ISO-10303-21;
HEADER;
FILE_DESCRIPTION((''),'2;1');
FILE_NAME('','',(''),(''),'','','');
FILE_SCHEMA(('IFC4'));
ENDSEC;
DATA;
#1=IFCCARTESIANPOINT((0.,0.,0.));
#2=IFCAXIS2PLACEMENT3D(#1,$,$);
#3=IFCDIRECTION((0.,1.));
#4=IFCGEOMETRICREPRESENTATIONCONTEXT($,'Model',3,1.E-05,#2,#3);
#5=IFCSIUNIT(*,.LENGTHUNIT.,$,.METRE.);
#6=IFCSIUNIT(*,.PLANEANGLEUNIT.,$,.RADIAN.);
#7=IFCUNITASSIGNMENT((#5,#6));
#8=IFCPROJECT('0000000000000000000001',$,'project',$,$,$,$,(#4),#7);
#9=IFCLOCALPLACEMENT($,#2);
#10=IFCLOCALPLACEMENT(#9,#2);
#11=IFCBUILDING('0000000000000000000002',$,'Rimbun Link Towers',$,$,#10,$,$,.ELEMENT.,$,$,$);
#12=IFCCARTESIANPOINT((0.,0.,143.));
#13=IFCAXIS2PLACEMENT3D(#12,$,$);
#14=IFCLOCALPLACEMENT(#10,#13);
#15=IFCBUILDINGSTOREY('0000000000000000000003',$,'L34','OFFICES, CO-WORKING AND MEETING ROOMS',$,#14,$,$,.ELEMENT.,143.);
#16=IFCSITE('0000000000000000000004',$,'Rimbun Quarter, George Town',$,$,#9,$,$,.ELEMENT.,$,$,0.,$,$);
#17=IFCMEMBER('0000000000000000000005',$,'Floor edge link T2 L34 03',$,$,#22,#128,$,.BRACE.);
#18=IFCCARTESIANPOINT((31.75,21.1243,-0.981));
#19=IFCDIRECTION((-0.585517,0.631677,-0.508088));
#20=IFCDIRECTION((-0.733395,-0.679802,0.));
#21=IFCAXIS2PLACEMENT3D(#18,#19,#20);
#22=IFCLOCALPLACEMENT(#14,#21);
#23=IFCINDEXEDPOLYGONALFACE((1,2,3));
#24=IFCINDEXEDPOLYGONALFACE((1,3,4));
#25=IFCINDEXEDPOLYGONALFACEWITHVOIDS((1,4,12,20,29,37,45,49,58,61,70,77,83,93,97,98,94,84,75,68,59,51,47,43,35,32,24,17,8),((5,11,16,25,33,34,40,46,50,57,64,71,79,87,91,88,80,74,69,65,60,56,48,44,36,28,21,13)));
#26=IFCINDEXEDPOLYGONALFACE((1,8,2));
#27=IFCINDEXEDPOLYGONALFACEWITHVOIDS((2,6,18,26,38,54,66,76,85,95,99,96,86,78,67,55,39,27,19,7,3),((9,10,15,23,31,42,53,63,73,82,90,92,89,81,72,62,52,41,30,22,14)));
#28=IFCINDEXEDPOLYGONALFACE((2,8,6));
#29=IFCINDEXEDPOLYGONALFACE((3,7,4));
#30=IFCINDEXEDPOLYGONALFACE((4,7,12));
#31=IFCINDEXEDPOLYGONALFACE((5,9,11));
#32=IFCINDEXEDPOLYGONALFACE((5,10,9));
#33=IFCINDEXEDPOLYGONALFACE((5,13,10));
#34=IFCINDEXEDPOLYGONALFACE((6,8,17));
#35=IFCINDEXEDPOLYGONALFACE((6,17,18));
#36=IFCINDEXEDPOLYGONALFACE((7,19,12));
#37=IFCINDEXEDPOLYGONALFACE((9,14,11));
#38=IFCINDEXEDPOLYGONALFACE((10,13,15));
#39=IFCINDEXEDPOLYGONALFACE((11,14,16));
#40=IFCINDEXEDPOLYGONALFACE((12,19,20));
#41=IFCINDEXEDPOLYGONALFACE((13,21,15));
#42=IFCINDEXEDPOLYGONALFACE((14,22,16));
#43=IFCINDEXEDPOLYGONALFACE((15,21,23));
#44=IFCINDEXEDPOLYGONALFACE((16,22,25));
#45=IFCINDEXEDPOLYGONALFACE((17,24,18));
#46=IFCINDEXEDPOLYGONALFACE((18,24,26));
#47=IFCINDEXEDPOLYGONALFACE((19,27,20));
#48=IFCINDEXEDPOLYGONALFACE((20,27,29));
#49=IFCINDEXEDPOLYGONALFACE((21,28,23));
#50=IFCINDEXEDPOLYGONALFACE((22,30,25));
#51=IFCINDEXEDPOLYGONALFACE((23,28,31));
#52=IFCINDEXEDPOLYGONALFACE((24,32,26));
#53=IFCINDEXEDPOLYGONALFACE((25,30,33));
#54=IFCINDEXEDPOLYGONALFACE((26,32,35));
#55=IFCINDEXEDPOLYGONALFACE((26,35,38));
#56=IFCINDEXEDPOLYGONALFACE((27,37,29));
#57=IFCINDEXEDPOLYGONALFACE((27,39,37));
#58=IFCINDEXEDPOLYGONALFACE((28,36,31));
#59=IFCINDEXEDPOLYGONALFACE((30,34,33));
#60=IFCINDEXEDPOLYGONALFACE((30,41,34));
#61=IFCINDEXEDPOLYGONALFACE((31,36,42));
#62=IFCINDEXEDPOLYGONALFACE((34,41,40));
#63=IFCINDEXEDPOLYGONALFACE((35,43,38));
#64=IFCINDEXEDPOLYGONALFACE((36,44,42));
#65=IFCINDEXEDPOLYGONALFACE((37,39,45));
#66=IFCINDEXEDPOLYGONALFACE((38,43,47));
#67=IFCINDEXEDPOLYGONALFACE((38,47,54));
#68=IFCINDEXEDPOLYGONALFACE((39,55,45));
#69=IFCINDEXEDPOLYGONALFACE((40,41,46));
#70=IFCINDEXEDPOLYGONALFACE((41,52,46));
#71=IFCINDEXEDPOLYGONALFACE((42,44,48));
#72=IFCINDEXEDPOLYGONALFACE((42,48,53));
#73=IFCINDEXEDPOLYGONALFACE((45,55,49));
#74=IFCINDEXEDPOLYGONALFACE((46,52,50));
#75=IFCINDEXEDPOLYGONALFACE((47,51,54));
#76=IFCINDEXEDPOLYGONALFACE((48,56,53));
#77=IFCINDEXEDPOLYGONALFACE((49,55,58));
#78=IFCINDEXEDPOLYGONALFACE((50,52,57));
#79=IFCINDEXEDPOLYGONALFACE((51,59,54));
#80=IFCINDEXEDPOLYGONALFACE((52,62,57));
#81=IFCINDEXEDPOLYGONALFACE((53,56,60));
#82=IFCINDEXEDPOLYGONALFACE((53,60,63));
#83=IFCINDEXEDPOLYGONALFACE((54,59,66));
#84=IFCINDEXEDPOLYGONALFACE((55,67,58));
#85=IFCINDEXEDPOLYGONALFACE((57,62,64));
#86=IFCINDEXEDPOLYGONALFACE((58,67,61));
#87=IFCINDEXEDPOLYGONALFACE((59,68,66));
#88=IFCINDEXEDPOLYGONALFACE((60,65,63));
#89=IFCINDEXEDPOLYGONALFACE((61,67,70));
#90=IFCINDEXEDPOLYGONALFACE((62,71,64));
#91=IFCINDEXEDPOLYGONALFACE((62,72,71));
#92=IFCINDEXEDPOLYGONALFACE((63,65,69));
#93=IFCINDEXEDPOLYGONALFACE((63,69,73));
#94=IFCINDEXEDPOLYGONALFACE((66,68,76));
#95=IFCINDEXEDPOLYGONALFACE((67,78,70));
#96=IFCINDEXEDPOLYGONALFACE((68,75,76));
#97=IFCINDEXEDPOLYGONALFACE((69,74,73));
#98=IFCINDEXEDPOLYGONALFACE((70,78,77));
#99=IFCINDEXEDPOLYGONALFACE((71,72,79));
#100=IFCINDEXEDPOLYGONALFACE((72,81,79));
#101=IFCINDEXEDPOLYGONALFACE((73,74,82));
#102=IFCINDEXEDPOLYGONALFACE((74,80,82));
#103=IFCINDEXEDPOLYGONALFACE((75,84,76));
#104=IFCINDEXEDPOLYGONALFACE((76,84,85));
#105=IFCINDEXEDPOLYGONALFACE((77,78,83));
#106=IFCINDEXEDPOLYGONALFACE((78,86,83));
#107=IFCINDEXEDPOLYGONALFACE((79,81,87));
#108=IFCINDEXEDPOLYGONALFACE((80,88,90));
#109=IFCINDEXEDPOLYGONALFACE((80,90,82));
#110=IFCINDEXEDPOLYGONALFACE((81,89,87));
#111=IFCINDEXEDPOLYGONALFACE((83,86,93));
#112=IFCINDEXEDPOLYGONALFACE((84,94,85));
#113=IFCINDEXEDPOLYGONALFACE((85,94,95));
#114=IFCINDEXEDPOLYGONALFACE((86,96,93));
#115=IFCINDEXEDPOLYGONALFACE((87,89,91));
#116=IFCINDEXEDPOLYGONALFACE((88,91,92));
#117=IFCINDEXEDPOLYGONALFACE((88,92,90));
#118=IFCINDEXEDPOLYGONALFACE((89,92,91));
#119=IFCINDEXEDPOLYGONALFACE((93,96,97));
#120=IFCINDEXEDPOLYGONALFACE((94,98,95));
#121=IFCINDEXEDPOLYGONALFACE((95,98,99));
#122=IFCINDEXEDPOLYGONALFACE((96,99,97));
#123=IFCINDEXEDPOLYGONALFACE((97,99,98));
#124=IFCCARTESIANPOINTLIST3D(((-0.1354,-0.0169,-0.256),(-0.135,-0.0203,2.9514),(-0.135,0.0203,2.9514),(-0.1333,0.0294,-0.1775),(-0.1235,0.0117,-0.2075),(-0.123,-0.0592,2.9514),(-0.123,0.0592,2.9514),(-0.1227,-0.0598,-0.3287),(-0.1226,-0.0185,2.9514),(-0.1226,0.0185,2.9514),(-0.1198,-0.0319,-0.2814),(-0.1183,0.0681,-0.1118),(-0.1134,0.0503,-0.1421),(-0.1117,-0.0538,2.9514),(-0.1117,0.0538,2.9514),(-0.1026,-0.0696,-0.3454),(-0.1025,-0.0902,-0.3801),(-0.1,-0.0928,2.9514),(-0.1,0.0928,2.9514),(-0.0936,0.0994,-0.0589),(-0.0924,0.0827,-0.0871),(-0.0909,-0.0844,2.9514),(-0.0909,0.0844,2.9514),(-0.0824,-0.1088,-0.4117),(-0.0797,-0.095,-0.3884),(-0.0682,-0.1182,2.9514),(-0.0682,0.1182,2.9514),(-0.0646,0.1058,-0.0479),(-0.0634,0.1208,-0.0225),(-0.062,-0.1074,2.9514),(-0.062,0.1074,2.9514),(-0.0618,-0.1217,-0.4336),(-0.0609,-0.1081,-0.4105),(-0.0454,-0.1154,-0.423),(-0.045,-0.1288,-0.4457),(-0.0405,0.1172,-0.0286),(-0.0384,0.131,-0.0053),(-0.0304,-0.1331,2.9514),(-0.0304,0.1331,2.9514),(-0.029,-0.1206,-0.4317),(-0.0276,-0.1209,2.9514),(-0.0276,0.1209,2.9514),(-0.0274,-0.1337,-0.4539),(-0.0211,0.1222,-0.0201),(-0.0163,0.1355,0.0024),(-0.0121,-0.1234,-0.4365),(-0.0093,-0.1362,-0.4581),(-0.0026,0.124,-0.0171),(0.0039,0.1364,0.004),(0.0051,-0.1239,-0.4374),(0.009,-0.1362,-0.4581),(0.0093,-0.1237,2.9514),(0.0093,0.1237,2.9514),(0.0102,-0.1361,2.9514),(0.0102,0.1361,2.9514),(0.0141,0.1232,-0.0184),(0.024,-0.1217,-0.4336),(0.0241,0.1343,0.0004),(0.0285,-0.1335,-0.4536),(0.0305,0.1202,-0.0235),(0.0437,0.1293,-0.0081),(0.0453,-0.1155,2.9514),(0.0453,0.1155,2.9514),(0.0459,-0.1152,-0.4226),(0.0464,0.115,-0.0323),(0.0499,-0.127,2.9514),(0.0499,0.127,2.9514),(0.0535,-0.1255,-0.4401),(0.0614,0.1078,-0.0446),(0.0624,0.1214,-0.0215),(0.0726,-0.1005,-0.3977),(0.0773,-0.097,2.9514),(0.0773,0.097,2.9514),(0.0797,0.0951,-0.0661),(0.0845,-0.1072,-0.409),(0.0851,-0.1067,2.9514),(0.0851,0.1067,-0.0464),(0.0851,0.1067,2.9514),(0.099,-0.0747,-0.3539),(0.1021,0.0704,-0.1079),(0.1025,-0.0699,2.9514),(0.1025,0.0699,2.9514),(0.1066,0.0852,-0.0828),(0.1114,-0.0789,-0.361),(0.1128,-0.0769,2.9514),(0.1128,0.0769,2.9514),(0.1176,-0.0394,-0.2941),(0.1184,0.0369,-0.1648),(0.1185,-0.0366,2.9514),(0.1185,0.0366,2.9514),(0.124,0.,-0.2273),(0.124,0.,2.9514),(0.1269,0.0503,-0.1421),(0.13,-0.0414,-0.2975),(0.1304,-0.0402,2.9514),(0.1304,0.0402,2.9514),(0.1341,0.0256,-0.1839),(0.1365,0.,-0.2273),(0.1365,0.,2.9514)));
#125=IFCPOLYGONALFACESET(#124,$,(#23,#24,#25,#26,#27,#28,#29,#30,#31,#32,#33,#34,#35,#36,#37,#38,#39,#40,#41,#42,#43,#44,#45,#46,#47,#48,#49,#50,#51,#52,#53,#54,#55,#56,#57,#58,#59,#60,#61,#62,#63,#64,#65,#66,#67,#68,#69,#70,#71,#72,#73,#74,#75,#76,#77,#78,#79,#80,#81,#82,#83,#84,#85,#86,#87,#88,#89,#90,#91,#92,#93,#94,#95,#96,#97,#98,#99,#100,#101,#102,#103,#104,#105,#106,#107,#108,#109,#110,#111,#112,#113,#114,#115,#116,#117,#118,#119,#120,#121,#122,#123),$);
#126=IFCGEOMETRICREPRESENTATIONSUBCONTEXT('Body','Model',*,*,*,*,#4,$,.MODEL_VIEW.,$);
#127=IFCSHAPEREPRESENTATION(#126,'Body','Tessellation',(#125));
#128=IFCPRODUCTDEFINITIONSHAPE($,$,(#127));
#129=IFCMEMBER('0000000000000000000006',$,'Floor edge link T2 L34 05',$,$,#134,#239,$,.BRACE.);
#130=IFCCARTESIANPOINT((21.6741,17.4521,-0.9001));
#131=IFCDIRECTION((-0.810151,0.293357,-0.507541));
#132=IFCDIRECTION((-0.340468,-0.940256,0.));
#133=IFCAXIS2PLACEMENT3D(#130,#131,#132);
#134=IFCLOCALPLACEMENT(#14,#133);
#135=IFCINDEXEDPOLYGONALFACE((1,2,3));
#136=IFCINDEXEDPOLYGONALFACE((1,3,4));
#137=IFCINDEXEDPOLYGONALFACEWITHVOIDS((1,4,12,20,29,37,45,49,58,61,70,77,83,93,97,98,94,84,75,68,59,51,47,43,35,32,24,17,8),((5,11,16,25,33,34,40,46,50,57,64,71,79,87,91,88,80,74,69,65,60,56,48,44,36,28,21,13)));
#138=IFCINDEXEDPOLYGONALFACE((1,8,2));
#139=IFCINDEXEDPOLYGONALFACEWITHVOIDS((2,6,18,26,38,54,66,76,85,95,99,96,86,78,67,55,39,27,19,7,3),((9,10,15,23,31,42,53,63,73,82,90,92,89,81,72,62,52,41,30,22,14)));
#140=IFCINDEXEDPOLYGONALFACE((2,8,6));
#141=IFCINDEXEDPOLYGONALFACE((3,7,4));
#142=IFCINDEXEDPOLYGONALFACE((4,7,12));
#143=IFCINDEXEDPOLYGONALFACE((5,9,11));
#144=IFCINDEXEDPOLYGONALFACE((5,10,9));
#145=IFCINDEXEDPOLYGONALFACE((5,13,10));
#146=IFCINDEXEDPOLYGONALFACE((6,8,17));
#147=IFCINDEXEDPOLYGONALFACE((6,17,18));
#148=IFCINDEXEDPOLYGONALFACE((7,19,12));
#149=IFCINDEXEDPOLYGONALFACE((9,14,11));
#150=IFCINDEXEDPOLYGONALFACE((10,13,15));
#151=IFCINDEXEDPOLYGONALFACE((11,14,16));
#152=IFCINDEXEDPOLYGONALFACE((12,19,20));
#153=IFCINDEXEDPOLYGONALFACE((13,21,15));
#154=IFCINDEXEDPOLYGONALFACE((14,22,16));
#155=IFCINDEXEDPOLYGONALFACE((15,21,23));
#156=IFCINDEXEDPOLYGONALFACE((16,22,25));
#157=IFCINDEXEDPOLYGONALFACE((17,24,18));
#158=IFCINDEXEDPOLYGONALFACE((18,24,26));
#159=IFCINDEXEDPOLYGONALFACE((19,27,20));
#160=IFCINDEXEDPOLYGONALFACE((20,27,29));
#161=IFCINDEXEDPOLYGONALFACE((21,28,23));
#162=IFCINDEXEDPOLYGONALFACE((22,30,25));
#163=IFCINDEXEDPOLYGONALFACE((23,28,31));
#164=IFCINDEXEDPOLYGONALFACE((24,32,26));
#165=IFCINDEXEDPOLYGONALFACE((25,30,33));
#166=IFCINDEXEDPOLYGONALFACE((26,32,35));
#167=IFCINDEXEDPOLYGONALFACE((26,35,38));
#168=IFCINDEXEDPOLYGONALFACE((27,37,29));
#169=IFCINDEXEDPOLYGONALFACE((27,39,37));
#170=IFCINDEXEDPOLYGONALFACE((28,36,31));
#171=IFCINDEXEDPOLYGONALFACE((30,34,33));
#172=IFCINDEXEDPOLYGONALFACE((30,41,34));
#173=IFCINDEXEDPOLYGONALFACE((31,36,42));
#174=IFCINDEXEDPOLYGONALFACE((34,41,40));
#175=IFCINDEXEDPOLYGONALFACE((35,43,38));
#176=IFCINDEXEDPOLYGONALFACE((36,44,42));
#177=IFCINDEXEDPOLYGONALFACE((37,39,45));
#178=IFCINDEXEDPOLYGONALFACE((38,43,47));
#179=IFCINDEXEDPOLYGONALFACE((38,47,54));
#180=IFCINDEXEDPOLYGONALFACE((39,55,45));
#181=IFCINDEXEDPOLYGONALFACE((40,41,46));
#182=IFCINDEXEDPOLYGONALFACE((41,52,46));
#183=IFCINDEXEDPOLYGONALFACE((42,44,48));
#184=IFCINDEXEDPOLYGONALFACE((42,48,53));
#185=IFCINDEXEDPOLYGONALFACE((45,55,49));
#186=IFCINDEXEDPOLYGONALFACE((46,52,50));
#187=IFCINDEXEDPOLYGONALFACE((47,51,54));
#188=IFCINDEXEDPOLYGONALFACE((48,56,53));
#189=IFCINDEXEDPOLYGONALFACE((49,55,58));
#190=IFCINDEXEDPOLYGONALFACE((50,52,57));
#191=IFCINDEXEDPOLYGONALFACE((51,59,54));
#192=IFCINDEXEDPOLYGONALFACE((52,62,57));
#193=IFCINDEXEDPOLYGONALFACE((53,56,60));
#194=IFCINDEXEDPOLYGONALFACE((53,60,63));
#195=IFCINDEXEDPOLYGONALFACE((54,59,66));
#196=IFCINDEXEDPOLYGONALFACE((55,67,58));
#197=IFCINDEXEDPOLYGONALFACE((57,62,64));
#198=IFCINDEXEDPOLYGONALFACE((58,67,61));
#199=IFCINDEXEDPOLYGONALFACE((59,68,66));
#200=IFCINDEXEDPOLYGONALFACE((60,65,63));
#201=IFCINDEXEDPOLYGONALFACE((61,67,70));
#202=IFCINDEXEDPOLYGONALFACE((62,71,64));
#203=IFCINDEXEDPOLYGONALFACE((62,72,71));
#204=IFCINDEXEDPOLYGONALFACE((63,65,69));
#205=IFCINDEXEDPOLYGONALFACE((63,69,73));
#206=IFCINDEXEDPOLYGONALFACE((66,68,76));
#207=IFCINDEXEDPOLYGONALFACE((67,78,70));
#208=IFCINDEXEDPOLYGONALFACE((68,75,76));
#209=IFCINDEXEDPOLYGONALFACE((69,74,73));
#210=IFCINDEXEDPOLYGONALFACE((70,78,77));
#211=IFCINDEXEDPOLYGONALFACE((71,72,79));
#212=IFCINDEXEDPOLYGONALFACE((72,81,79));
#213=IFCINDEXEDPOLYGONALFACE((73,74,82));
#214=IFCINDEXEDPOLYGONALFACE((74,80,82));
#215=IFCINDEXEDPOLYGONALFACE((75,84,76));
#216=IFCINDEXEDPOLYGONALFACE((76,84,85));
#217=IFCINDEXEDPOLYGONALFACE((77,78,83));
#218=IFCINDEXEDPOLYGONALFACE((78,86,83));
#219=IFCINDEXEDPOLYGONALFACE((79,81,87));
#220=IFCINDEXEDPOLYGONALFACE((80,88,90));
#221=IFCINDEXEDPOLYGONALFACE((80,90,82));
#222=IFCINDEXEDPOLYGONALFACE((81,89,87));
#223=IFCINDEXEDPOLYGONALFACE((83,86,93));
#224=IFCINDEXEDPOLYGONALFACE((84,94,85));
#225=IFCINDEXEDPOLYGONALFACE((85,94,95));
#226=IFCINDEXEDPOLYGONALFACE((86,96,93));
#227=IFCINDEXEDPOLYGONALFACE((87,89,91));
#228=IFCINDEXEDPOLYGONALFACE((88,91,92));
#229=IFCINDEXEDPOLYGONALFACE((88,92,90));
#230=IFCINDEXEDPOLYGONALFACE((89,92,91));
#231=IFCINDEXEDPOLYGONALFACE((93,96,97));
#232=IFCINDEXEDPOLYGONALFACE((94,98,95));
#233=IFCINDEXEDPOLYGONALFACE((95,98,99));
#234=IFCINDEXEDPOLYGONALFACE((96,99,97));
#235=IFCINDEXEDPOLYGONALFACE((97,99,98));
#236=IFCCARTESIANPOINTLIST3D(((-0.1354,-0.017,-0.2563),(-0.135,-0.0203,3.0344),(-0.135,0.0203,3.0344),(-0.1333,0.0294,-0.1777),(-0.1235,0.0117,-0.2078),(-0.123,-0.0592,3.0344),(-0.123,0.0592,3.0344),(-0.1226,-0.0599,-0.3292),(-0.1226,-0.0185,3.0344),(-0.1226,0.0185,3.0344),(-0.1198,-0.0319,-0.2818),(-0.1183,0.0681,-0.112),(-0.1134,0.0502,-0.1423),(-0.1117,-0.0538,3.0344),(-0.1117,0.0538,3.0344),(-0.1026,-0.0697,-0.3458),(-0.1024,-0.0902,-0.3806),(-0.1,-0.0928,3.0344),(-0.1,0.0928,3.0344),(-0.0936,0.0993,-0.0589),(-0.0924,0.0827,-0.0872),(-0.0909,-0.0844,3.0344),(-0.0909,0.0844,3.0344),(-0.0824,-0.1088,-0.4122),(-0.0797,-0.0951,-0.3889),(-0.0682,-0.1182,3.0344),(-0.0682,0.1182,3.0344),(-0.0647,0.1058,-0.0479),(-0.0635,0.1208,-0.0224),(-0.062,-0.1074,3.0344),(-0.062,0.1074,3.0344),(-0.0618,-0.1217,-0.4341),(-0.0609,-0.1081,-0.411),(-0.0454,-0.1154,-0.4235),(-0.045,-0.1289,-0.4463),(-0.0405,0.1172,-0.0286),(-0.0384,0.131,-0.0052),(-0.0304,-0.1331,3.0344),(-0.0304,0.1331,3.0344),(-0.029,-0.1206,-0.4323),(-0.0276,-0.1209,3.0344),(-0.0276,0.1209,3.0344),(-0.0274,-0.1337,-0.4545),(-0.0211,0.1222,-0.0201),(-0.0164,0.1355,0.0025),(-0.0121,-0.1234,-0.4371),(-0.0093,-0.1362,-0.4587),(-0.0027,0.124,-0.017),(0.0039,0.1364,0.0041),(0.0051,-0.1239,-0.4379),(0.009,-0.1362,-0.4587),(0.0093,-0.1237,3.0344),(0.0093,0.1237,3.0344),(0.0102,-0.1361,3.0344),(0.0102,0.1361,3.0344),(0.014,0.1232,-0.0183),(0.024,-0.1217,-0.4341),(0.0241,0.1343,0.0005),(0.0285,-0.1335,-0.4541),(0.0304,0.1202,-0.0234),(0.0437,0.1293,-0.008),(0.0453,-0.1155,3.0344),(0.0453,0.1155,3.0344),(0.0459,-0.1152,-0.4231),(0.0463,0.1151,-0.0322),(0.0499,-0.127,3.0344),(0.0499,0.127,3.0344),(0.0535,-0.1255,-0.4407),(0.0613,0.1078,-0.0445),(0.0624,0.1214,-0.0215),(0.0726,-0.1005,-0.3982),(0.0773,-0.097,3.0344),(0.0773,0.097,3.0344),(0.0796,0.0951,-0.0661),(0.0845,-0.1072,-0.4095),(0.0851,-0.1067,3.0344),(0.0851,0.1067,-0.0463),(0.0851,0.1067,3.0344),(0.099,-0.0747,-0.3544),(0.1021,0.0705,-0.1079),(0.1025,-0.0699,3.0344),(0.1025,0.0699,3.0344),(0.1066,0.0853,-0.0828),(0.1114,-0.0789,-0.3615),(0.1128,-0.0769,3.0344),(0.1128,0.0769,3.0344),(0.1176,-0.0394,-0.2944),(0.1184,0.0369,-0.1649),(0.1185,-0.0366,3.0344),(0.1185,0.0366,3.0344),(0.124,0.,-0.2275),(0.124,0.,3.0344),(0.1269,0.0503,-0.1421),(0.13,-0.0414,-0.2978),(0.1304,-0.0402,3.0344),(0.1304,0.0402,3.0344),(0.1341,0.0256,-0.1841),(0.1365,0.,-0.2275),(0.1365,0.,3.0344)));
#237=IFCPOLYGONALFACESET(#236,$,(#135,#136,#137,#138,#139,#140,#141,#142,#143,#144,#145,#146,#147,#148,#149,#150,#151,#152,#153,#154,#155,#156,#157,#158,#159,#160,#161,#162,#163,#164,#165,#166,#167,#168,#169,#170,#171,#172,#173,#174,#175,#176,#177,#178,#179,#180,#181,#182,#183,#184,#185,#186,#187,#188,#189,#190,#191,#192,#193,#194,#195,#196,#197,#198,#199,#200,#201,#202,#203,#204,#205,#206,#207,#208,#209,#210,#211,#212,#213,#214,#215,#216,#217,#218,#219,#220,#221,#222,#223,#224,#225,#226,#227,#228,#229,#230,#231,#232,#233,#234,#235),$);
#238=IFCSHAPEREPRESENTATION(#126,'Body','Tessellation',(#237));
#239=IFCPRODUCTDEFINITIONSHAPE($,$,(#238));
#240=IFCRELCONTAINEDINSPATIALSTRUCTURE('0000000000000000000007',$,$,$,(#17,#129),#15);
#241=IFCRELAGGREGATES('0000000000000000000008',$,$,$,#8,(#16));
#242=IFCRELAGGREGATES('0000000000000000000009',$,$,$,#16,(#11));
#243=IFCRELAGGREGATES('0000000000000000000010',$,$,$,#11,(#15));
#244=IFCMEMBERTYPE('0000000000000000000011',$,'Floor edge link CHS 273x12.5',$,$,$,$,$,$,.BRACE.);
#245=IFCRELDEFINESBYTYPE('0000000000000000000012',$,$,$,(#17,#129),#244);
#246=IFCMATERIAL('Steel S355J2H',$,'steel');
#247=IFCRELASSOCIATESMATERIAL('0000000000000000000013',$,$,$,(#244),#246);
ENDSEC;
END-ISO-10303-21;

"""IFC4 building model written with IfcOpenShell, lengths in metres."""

from ifc_helpers import new_model, si_unit, direction, frame, origin, origin_2d, place, context, subcontext, project, spatial, hollow_circle, extrude, clip, halfspace, material, material_profile, profile_set, type_object, element, save


model = new_model("IFC4")

# Units and contexts
model_context = context("Model", 3, precision=1e-05, world=origin(), true_north=direction((0.0, 1.0)))
body_context = subcontext(model_context, "Body", "Model", "MODEL_VIEW")
ifc_project = project(units=[si_unit("LENGTHUNIT", "METRE"), si_unit("PLANEANGLEUNIT", "RADIAN")], contexts=[model_context])

# Site, building, storey
site_placement = place(None, origin())
site = spatial("IfcSite", under=ifc_project, at=site_placement, Name="Rimbun Quarter, George Town", CompositionType="ELEMENT", RefElevation=0.0)
building_placement = place(site_placement, origin())
building = spatial("IfcBuilding", under=site, at=building_placement, Name="Rimbun Link Towers", CompositionType="ELEMENT")
storey_placement = place(building_placement, frame((0.0, 0.0, 143.0)))
storey = spatial("IfcBuildingStorey", under=building, at=storey_placement, Name="L34", Description="OFFICES, CO-WORKING AND MEETING ROOMS", CompositionType="ELEMENT", Elevation=143.0)

# Members
ifc_material_1 = material(Name="Steel S355J2H", Category="steel")
ifc_material_profile_1 = material_profile(ifc_material_1, hollow_circle(Radius=0.1365, WallThickness=0.0125, at=origin_2d()), Name="CHS 273x12.5")
ifc_profile_set_1 = profile_set([ifc_material_profile_1], Name="Steel S355J2H")
member_type_1 = type_object("IfcMemberType", Name="Floor edge link CHS 273x12.5", PredefinedType="BRACE", material=ifc_profile_set_1)
member_1_placement = place(storey_placement, frame((31.75, 21.1243, -0.981), z_axis=(-0.585517, 0.631677, -0.508088), x_axis=(-0.733395, -0.679802, 0.0)))
element("IfcMember", 1, at=member_1_placement, inside=storey, type_object=member_type_1, Name="Floor edge link T2 L34 03", PredefinedType="BRACE", context=body_context, shape_type="Clipping", body=[
    clip(extrude(hollow_circle(Radius=0.1365, WallThickness=0.0125, at=origin_2d()), frame((0.0, 0.0, -0.4824)), (0.0, 0.0, 1.0), 3.4338), halfspace(frame((0.0, 0.0, -0.2273), z_axis=(0.0, 0.861305, -0.508088)), False)),
])
member_2_placement = place(storey_placement, frame((21.6741, 17.4521, -0.9001), z_axis=(-0.810151, 0.293357, -0.507541), x_axis=(-0.340468, -0.940256, 0.0)))
element("IfcMember", 2, at=member_2_placement, inside=storey, type_object=member_type_1, Name="Floor edge link T2 L34 05", PredefinedType="BRACE", context=body_context, shape_type="Clipping", body=[
    clip(extrude(hollow_circle(Radius=0.1365, WallThickness=0.0125, at=origin_2d()), frame((0.0, 0.0, -0.4832)), (0.0, 0.0, 1.0), 3.5176), halfspace(frame((0.0, 0.0, -0.2275), z_axis=(0.0, 0.861628, -0.507541)), False)),
])

save(model, "model.ifc")
